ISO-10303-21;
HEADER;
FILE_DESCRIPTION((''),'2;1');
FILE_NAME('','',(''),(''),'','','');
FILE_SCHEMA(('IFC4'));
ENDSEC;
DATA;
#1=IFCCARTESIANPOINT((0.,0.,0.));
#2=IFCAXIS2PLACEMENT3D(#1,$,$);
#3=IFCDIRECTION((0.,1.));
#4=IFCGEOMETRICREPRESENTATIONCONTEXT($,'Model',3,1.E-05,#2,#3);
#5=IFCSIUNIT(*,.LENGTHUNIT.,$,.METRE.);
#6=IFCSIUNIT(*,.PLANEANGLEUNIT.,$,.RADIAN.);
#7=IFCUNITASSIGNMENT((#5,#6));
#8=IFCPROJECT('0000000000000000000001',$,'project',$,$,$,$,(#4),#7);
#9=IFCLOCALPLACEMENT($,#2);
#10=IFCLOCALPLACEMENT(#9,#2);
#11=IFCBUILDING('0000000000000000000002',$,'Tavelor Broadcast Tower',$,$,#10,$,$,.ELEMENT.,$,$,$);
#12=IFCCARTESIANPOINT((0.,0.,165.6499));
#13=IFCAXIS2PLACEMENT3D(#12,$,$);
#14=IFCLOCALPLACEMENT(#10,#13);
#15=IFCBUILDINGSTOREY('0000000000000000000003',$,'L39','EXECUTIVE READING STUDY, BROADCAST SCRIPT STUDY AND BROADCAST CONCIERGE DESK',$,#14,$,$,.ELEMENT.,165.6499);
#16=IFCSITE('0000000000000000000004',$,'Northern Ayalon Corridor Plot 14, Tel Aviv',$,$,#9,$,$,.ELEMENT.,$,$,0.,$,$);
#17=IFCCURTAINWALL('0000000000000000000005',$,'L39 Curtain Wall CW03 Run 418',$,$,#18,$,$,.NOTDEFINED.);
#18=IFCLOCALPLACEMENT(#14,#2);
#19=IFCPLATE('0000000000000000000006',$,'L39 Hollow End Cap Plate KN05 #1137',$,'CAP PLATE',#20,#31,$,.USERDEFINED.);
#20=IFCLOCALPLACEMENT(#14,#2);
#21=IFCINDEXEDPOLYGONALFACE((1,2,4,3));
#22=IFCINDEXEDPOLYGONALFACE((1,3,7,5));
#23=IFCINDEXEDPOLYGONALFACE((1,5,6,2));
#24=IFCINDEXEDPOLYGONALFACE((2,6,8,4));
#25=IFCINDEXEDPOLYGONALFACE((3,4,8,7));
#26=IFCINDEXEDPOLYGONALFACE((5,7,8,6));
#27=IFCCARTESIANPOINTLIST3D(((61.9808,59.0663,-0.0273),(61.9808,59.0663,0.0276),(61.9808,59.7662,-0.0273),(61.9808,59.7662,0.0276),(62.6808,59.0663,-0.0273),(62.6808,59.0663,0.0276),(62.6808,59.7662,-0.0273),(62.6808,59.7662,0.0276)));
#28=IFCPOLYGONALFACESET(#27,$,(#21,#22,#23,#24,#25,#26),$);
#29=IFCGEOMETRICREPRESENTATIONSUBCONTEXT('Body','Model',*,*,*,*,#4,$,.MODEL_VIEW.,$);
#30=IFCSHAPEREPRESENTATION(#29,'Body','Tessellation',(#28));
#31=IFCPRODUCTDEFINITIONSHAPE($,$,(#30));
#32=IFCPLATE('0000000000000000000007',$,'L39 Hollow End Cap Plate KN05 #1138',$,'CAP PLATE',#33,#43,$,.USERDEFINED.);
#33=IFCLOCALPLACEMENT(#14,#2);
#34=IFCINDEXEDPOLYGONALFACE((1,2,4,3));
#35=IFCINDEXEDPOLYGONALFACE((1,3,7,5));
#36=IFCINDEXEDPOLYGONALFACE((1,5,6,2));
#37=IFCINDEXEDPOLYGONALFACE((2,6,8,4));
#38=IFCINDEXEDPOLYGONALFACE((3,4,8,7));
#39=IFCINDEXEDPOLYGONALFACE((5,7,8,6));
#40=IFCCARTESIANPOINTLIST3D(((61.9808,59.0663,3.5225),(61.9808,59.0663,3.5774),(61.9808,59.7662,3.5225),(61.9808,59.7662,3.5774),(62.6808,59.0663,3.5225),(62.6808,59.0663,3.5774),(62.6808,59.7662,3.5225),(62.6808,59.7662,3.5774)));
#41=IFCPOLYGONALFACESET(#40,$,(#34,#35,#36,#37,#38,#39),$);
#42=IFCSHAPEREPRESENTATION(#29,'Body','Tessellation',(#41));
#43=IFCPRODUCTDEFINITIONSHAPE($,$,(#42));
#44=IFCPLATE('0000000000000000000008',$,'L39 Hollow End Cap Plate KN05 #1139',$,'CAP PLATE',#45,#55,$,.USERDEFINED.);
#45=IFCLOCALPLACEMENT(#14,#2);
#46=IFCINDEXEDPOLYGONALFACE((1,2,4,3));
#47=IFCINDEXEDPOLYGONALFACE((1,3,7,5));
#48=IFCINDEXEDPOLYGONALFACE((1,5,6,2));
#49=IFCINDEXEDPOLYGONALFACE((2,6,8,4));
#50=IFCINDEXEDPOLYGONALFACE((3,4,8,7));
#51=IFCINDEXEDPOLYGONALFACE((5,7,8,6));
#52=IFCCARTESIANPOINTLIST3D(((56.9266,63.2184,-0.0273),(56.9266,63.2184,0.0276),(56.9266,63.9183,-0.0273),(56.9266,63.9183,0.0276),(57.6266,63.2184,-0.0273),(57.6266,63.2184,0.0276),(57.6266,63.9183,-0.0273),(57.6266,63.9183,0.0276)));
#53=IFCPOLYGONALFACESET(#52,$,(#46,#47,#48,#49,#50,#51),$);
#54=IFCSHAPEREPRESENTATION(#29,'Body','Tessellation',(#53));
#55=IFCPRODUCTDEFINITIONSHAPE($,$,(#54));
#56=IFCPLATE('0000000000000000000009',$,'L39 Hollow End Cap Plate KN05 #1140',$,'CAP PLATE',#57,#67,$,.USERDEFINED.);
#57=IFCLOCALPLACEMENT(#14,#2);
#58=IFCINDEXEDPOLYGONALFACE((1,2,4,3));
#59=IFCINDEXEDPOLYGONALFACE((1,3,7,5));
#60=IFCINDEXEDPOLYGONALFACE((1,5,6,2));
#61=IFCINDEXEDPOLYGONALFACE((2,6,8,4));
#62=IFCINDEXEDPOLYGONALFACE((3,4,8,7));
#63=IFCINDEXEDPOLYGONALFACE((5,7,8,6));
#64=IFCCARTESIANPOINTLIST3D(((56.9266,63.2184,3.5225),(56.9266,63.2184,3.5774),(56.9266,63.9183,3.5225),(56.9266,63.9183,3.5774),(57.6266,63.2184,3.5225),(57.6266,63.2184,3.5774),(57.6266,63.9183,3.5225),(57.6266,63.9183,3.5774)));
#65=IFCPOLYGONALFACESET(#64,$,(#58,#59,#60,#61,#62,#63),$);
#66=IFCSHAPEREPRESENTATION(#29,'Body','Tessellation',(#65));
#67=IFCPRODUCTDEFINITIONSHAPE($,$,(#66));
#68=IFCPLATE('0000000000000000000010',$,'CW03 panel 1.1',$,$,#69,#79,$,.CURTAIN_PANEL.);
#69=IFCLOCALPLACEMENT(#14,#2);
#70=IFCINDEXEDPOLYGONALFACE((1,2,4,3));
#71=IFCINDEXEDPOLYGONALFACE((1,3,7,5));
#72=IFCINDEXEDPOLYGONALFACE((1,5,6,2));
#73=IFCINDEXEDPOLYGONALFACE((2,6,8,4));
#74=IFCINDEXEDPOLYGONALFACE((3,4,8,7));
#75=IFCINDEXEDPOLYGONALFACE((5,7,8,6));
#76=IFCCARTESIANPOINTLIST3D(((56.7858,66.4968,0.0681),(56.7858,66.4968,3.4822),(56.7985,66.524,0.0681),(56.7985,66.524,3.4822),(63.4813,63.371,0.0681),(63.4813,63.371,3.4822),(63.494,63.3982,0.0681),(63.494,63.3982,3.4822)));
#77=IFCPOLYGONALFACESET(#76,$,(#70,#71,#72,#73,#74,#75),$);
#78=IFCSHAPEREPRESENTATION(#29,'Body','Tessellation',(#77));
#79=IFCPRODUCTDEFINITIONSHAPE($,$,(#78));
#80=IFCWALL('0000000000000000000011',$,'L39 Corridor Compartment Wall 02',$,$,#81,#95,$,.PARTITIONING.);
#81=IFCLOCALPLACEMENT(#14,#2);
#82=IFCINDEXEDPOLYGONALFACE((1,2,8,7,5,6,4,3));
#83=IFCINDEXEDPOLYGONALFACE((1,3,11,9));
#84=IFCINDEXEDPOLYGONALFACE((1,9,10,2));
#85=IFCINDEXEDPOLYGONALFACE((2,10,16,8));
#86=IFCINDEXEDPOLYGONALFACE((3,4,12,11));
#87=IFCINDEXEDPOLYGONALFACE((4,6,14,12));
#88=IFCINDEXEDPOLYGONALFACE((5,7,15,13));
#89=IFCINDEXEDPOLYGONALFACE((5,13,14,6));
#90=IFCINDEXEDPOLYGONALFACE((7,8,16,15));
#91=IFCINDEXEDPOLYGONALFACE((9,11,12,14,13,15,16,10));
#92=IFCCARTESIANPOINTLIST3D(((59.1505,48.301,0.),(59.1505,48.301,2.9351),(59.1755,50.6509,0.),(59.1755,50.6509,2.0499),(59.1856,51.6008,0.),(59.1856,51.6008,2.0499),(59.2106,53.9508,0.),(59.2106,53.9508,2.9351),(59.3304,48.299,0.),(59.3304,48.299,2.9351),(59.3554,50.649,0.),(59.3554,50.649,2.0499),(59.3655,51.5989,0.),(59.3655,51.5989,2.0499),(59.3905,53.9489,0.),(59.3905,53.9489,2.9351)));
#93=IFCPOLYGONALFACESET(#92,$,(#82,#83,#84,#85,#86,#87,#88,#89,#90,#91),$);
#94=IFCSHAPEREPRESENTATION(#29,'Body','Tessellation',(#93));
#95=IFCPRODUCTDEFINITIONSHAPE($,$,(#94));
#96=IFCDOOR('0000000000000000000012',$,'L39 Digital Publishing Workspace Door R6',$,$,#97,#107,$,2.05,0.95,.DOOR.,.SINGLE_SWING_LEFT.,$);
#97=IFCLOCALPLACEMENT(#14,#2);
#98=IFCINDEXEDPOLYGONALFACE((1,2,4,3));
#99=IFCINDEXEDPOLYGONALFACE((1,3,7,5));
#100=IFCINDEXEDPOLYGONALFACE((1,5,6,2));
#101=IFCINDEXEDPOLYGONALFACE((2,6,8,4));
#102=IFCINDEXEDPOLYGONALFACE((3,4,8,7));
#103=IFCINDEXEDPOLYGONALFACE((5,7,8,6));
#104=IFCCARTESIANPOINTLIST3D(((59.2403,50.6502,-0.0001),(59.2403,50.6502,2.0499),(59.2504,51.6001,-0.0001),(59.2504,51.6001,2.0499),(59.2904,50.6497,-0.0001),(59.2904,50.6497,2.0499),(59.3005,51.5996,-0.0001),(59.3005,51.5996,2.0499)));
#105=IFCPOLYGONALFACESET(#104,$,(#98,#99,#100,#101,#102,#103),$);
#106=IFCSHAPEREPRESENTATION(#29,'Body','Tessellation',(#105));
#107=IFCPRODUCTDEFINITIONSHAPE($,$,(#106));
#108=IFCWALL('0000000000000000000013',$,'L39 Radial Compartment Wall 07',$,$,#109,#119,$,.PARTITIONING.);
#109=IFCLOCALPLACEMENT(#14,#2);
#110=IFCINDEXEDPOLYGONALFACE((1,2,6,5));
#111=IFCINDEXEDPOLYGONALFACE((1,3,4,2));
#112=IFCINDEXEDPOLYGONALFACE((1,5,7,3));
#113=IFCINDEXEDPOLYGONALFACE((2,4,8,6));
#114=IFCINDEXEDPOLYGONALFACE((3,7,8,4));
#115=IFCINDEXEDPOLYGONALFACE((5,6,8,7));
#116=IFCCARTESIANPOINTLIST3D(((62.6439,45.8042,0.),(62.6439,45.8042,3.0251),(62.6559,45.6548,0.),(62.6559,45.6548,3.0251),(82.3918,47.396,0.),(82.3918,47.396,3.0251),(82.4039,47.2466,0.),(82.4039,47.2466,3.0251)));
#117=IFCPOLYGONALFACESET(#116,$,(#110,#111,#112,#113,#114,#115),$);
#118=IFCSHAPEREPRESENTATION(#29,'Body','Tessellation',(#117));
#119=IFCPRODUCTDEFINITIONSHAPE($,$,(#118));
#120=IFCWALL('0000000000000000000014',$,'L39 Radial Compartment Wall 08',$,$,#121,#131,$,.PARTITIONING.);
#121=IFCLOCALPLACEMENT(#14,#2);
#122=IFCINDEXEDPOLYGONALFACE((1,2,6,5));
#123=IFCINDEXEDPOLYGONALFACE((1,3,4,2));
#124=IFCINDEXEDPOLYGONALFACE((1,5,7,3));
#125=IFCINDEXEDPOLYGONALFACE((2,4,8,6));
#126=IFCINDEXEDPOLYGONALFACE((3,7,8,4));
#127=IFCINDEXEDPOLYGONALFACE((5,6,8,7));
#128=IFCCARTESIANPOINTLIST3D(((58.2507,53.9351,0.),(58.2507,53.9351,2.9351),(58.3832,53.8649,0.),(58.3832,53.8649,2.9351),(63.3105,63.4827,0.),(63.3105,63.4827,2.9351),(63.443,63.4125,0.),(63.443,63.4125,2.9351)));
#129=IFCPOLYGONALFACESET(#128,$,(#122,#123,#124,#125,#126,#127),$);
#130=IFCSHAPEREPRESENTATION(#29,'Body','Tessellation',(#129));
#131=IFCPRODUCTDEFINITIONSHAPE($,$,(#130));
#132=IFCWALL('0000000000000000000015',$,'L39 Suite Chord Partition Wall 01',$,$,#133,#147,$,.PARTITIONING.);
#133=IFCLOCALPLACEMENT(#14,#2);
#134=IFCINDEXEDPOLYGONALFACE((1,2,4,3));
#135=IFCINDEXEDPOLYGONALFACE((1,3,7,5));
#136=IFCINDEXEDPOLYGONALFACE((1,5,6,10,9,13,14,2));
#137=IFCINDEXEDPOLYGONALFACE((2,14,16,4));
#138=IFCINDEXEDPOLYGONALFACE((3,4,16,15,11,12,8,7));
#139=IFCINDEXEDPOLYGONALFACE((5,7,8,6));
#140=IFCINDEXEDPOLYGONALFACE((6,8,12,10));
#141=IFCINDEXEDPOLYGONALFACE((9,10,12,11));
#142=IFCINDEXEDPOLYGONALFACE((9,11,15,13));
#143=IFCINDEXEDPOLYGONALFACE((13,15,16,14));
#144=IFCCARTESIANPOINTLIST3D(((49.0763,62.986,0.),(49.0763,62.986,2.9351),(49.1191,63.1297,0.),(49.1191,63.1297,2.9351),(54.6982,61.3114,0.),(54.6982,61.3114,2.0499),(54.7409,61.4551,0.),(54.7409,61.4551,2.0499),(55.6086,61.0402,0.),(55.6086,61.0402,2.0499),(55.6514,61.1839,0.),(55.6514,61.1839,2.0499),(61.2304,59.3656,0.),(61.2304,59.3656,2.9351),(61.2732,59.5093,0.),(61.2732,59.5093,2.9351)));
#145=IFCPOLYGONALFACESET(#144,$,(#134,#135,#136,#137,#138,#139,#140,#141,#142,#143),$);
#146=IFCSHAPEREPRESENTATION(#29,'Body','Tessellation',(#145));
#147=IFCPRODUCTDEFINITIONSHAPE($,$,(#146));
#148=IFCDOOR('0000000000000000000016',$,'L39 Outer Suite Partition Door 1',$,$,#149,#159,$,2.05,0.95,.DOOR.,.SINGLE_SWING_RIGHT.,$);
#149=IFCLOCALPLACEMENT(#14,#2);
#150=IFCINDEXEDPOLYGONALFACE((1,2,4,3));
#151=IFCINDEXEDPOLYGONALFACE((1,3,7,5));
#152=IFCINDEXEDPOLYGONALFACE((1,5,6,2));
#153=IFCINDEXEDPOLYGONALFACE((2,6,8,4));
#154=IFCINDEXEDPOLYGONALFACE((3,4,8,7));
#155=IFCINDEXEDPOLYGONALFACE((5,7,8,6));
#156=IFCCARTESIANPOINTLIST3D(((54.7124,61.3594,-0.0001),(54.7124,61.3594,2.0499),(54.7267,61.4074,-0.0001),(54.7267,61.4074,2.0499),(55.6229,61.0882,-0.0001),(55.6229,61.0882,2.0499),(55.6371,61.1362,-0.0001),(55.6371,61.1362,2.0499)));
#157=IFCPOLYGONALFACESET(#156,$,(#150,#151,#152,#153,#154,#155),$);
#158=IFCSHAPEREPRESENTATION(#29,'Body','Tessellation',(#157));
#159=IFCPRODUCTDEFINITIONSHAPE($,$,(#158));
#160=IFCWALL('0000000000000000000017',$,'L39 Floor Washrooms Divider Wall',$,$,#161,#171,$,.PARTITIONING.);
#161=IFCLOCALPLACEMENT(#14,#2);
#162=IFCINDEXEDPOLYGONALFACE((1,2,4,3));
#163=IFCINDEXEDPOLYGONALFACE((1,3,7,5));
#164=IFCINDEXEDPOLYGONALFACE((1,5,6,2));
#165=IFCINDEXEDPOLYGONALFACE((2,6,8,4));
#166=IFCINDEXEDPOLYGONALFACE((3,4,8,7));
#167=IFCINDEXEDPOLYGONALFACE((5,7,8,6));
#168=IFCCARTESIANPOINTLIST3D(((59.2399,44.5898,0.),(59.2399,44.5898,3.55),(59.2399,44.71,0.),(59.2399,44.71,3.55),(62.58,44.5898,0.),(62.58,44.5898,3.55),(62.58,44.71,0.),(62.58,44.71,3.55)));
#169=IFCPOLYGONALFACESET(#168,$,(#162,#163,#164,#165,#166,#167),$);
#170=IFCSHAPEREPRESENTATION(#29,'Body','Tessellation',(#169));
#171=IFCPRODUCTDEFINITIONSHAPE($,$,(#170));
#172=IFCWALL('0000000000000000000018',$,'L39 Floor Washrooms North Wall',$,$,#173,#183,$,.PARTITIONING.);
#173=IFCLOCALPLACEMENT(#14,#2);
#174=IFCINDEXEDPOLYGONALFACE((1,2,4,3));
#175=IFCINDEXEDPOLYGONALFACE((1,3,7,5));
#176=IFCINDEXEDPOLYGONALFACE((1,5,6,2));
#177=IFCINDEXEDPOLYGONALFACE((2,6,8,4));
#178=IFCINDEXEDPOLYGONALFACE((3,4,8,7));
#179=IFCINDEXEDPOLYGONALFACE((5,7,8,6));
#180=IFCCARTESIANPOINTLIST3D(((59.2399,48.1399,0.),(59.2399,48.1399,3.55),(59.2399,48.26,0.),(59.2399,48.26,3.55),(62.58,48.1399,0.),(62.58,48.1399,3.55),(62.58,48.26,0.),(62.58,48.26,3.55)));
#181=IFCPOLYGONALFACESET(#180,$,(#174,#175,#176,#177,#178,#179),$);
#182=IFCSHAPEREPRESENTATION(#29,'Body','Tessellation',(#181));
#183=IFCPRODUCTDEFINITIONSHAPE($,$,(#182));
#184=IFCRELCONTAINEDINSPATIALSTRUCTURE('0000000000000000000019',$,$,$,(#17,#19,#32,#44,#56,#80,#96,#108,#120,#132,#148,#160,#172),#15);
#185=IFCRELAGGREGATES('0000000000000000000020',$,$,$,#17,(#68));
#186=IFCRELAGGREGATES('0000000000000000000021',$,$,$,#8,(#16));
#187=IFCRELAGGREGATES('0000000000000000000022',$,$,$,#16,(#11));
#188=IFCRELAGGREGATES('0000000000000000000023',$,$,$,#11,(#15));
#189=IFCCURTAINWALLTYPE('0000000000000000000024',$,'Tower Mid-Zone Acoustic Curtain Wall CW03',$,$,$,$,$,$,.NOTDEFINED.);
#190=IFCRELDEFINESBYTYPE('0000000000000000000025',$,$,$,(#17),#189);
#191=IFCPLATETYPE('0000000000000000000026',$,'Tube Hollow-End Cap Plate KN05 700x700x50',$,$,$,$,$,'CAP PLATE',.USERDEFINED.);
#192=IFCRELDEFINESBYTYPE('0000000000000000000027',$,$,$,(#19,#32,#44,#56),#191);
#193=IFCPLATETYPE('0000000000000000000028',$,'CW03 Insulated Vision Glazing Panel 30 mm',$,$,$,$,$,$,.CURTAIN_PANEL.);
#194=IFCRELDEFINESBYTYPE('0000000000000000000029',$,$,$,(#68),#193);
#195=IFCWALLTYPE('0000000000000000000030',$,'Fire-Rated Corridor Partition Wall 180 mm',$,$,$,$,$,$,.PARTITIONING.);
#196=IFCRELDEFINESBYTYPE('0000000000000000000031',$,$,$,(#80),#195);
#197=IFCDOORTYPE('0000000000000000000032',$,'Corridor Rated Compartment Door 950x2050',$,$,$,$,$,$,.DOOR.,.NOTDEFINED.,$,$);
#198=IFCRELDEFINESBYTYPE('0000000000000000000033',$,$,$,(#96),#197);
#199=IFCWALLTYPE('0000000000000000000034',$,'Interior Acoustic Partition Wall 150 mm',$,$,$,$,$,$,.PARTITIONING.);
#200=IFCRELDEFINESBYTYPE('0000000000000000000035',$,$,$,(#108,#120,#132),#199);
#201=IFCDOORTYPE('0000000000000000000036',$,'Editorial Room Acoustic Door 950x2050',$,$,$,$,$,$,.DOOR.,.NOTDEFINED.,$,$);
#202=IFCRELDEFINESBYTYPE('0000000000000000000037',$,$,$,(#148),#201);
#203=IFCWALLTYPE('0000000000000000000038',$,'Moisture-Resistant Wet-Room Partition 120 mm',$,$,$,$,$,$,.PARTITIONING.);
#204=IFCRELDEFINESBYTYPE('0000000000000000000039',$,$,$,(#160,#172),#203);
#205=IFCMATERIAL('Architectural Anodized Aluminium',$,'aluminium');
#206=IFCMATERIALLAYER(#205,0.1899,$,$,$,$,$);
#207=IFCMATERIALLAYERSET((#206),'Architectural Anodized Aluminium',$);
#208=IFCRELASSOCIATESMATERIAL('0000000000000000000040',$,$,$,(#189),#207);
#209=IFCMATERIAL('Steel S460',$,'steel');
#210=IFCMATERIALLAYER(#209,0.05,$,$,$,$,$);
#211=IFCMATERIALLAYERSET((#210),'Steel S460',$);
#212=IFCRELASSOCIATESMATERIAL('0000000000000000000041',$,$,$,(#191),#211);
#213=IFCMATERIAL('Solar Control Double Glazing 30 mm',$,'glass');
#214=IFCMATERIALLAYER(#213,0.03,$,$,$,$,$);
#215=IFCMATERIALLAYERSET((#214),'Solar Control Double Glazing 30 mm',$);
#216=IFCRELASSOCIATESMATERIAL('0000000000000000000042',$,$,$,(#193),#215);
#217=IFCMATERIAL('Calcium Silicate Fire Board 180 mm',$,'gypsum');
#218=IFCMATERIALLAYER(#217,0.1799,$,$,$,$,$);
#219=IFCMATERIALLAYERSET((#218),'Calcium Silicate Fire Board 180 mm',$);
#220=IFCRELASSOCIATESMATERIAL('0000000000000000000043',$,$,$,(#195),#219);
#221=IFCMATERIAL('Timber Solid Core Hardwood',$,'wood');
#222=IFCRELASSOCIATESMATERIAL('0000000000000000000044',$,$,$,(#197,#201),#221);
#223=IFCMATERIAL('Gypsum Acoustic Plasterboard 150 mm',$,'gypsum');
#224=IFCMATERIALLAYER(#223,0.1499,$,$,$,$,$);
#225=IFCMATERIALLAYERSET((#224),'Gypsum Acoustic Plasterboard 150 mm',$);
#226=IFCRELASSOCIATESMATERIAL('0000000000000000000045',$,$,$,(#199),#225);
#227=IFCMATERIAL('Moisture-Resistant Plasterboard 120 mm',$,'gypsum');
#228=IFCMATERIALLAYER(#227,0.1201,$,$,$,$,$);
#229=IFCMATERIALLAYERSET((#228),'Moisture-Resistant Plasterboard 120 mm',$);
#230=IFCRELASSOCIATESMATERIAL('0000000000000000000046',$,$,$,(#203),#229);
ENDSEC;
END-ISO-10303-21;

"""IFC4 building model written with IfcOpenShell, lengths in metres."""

from ifc_helpers import new_model, si_unit, direction, frame, frame_2d, origin, origin_2d, place, context, subcontext, project, spatial, rectangle, extrude, source, transform, mapped, material, layer, layer_set, type_object, type_shapes, element, fill, aggregate, save


model = new_model("IFC4")

# Units and contexts
model_context = context("Model", 3, precision=1e-05, world=origin(), true_north=direction((0.0, 1.0)))
body_context = subcontext(model_context, "Body", "Model", "MODEL_VIEW")
ifc_project = project(units=[si_unit("LENGTHUNIT", "METRE"), si_unit("PLANEANGLEUNIT", "RADIAN")], contexts=[model_context])

# Site, building, storey
site_placement = place(None, origin())
site = spatial("IfcSite", under=ifc_project, at=site_placement, Name="Northern Ayalon Corridor Plot 14, Tel Aviv", CompositionType="ELEMENT", RefElevation=0.0)
building_placement = place(site_placement, origin())
building = spatial("IfcBuilding", under=site, at=building_placement, Name="Tavelor Broadcast Tower", CompositionType="ELEMENT")
storey_placement = place(building_placement, frame((0.0, 0.0, 165.6499)))
storey = spatial("IfcBuildingStorey", under=building, at=storey_placement, Name="L39", Description="EXECUTIVE READING STUDY, BROADCAST SCRIPT STUDY AND BROADCAST CONCIERGE DESK", CompositionType="ELEMENT", Elevation=165.6499)

# Shared definitions
ifc_material_1 = material(Name="Steel S460", Category="steel")

# Shared definitions
ifc_material_2 = material(Name="Architectural Anodized Aluminium", Category="aluminium")
ifc_layer_1 = layer(ifc_material_2, 0.1899)
ifc_layer_set_1 = layer_set([ifc_layer_1], Name="Architectural Anodized Aluminium")
curtain_wall_type = type_object("IfcCurtainWallType", Name="Tower Mid-Zone Acoustic Curtain Wall CW03", PredefinedType="NOTDEFINED", material=ifc_layer_set_1)

# Curtain wall
curtain_wall_1_placement = place(storey_placement, origin())
curtain_wall_1 = element("IfcCurtainWall", 1, at=curtain_wall_1_placement, inside=storey, type_object=curtain_wall_type, Name="L39 Curtain Wall CW03 Run 418", PredefinedType="NOTDEFINED")

# Plates
ifc_layer_2 = layer(ifc_material_1, 0.05)
ifc_layer_set_2 = layer_set([ifc_layer_2], Name="Steel S460")
plate_type_1 = type_object("IfcPlateType", Name="Tube Hollow-End Cap Plate KN05 700x700x50", ElementType="CAP PLATE", PredefinedType="USERDEFINED", material=ifc_layer_set_2)
shared_shape_1 = source(origin(), body_context, "Body", "SweptSolid", [
    extrude(rectangle(XDim=0.7, YDim=0.7, at=origin_2d()), origin(), (0.0, 0.0, 1.0), 0.0549),
])
type_shapes(plate_type_1, [shared_shape_1])
for number, where, z_axis, x_axis, name in (
    (2, (62.3308, 59.4163, -0.0273), (0.0, 0.0, 1.0), (1.0, 0.0, 0.0), "L39 Hollow End Cap Plate KN05 #1137"),
    (3, (62.3308, 59.4163, 3.5225), (0.0, 0.0, 1.0), (1.0, 0.0, 0.0), "L39 Hollow End Cap Plate KN05 #1138"),
    (4, (57.2766, 63.5684, -0.0273), (0.0, 0.0, 1.0), (1.0, 0.0, 0.0), "L39 Hollow End Cap Plate KN05 #1139"),
    (5, (57.2766, 63.5684, 3.5225), (0.0, 0.0, 1.0), (1.0, 0.0, 0.0), "L39 Hollow End Cap Plate KN05 #1140"),
):
    element("IfcPlate", number, at=place(storey_placement, frame(where, z_axis=z_axis, x_axis=x_axis)), inside=storey, type_object=plate_type_1, Name=name, ObjectType="CAP PLATE", PredefinedType="USERDEFINED", context=body_context, shape_type="MappedRepresentation", body=[
        mapped(shared_shape_1, transform((0.0, 0.0, 0.0), scale=1.0)),
    ])

# Plate
ifc_material_3 = material(Name="Solar Control Double Glazing 30 mm", Category="glass")
ifc_layer_3 = layer(ifc_material_3, 0.03)
ifc_layer_set_3 = layer_set([ifc_layer_3], Name="Solar Control Double Glazing 30 mm")
plate_type_2 = type_object("IfcPlateType", Name="CW03 Insulated Vision Glazing Panel 30 mm", PredefinedType="CURTAIN_PANEL", material=ifc_layer_set_3)
shared_shape_2 = source(origin(), body_context, "Body", "SweptSolid", [
    extrude(rectangle(XDim=7.3892, YDim=0.03, at=origin_2d()), origin(), (0.0, 0.0, 1.0), 3.4141),
])
type_shapes(plate_type_2, [shared_shape_2])
plate_placement = place(storey_placement, frame((60.1399, 64.9475, 0.0681), z_axis=(0.0, 0.0, 1.0), x_axis=(-0.906122, 0.423016, 0.0)))
plate = element("IfcPlate", 6, at=plate_placement, type_object=plate_type_2, Name="CW03 panel 1.1", PredefinedType="CURTAIN_PANEL", context=body_context, shape_type="MappedRepresentation", body=[
    mapped(shared_shape_2, transform((0.0, 0.0, 0.0), scale=1.0)),
])
aggregate(curtain_wall_1, [plate])

# Wall, opening, door
ifc_material_4 = material(Name="Calcium Silicate Fire Board 180 mm", Category="gypsum")
ifc_layer_4 = layer(ifc_material_4, 0.1799)
ifc_layer_set_4 = layer_set([ifc_layer_4], Name="Calcium Silicate Fire Board 180 mm")
wall_type_1 = type_object("IfcWallType", Name="Fire-Rated Corridor Partition Wall 180 mm", PredefinedType="PARTITIONING", material=ifc_layer_set_4)
wall_1_placement = place(storey_placement, frame((59.3005, 53.95, 0.0), z_axis=(0.0, 0.0, 1.0), x_axis=(-0.010629, -0.999944, 0.0)))
wall_1 = element("IfcWall", 7, at=wall_1_placement, inside=storey, type_object=wall_type_1, Name="L39 Corridor Compartment Wall 02", PredefinedType="PARTITIONING", context=body_context, shape_type="SweptSolid", body=[
    extrude(rectangle(XDim=5.6501, YDim=0.1799, at=frame_2d((2.8252, 0.0))), origin(), (0.0, 0.0, 1.0), 2.9351),
])
opening_1_placement = place(wall_1_placement, frame((2.3501, 0.0, 0.0)))
opening_1 = element("IfcOpeningElement", 8, at=opening_1_placement, cuts=wall_1, PredefinedType="OPENING", context=body_context, shape_type="SweptSolid", body=[
    extrude(rectangle(XDim=0.95, YDim=2.05, at=frame_2d((0.4751, 1.0249))), frame((0.0, 0.1001, 0.0), z_axis=(0.0, -1.0, 0.0), x_axis=(1.0, 0.0, 0.0)), (0.0, 0.0, 1.0), 0.2),
])
ifc_material_5 = material(Name="Timber Solid Core Hardwood", Category="wood")
door_type_1 = type_object("IfcDoorType", Name="Corridor Rated Compartment Door 950x2050", OperationType="NOTDEFINED", PredefinedType="DOOR", material=ifc_material_5)
door_1_placement = place(opening_1_placement, origin())
door_1 = element("IfcDoor", 9, at=door_1_placement, inside=storey, type_object=door_type_1, Name="L39 Digital Publishing Workspace Door R6", OperationType="SINGLE_SWING_LEFT", OverallHeight=2.05, OverallWidth=0.95, PredefinedType="DOOR", context=body_context, shape_type="SweptSolid", body=[
    extrude(rectangle(XDim=0.95, YDim=2.05, at=frame_2d((0.4751, 1.0249))), frame((0.0, 0.0249, 0.0), z_axis=(0.0, -1.0, 0.0), x_axis=(1.0, 0.0, 0.0)), (0.0, 0.0, 1.0), 0.05),
])
fill(opening_1, door_1)

# Walls
ifc_material_6 = material(Name="Gypsum Acoustic Plasterboard 150 mm", Category="gypsum")
ifc_layer_5 = layer(ifc_material_6, 0.1499)
ifc_layer_set_5 = layer_set([ifc_layer_5], Name="Gypsum Acoustic Plasterboard 150 mm")
wall_type_2 = type_object("IfcWallType", Name="Interior Acoustic Partition Wall 150 mm", PredefinedType="PARTITIONING", material=ifc_layer_set_5)
wall_2_placement = place(storey_placement, frame((62.6499, 45.7295, 0.0), z_axis=(0.0, 0.0, 1.0), x_axis=(0.996767, 0.080345, 0.0)))
element("IfcWall", 10, at=wall_2_placement, inside=storey, type_object=wall_type_2, Name="L39 Radial Compartment Wall 07", PredefinedType="PARTITIONING", context=body_context, shape_type="SweptSolid", body=[
    extrude(rectangle(XDim=19.812, YDim=0.1499, at=frame_2d((9.906, 0.0))), origin(), (0.0, 0.0, 1.0), 3.0251),
])
wall_3_placement = place(storey_placement, frame((58.3169, 53.8999, 0.0), z_axis=(0.0, 0.0, 1.0), x_axis=(0.468263, 0.883589, 0.0)))
element("IfcWall", 11, at=wall_3_placement, inside=storey, type_object=wall_type_2, Name="L39 Radial Compartment Wall 08", PredefinedType="PARTITIONING", context=body_context, shape_type="SweptSolid", body=[
    extrude(rectangle(XDim=10.8054, YDim=0.1499, at=frame_2d((5.4028, 0.0))), origin(), (0.0, 0.0, 1.0), 2.9351),
])

# Wall, opening, door
wall_4_placement = place(storey_placement, frame((61.2517, 59.4375, 0.0), z_axis=(0.0, 0.0, 1.0), x_axis=(-0.958386, 0.285477, 0.0)))
wall_4 = element("IfcWall", 12, at=wall_4_placement, inside=storey, type_object=wall_type_2, Name="L39 Suite Chord Partition Wall 01", PredefinedType="PARTITIONING", context=body_context, shape_type="SweptSolid", body=[
    extrude(rectangle(XDim=12.6819, YDim=0.1499, at=frame_2d((6.3408, 0.0))), origin(), (0.0, 0.0, 1.0), 2.9351),
])
opening_2_placement = place(wall_4_placement, frame((5.8657, 0.0, 0.0)))
opening_2 = element("IfcOpeningElement", 13, at=opening_2_placement, cuts=wall_4, PredefinedType="OPENING", context=body_context, shape_type="SweptSolid", body=[
    extrude(rectangle(XDim=0.95, YDim=2.05, at=frame_2d((0.4751, 1.0249))), frame((0.0, 0.085, 0.0), z_axis=(0.0, -1.0, 0.0), x_axis=(1.0, 0.0, 0.0)), (0.0, 0.0, 1.0), 0.1699),
])
door_type_2 = type_object("IfcDoorType", Name="Editorial Room Acoustic Door 950x2050", OperationType="NOTDEFINED", PredefinedType="DOOR", material=ifc_material_5)
door_2_placement = place(opening_2_placement, origin())
door_2 = element("IfcDoor", 14, at=door_2_placement, inside=storey, type_object=door_type_2, Name="L39 Outer Suite Partition Door 1", OperationType="SINGLE_SWING_RIGHT", OverallHeight=2.05, OverallWidth=0.95, PredefinedType="DOOR", context=body_context, shape_type="SweptSolid", body=[
    extrude(rectangle(XDim=0.95, YDim=2.05, at=frame_2d((0.4751, 1.0249))), frame((0.0, 0.0249, 0.0), z_axis=(0.0, -1.0, 0.0), x_axis=(1.0, 0.0, 0.0)), (0.0, 0.0, 1.0), 0.05),
])
fill(opening_2, door_2)

# Walls
ifc_material_7 = material(Name="Moisture-Resistant Plasterboard 120 mm", Category="gypsum")
ifc_layer_6 = layer(ifc_material_7, 0.1201)
ifc_layer_set_6 = layer_set([ifc_layer_6], Name="Moisture-Resistant Plasterboard 120 mm")
wall_type_3 = type_object("IfcWallType", Name="Moisture-Resistant Wet-Room Partition 120 mm", PredefinedType="PARTITIONING", material=ifc_layer_set_6)
for number, where, z_axis, x_axis, name in (
    (15, (59.24, 44.6499, 0.0), (0.0, 0.0, 1.0), (1.0, 0.0, 0.0), "L39 Floor Washrooms Divider Wall"),
    (16, (59.24, 48.2, 0.0), (0.0, 0.0, 1.0), (1.0, 0.0, 0.0), "L39 Floor Washrooms North Wall"),
):
    element("IfcWall", number, at=place(storey_placement, frame(where, z_axis=z_axis, x_axis=x_axis)), inside=storey, type_object=wall_type_3, Name=name, PredefinedType="PARTITIONING", context=body_context, shape_type="SweptSolid", body=[
        extrude(rectangle(XDim=3.3401, YDim=0.1201, at=frame_2d((1.6699, 0.0))), origin(), (0.0, 0.0, 1.0), 3.55),
    ])

save(model, "model.ifc")
